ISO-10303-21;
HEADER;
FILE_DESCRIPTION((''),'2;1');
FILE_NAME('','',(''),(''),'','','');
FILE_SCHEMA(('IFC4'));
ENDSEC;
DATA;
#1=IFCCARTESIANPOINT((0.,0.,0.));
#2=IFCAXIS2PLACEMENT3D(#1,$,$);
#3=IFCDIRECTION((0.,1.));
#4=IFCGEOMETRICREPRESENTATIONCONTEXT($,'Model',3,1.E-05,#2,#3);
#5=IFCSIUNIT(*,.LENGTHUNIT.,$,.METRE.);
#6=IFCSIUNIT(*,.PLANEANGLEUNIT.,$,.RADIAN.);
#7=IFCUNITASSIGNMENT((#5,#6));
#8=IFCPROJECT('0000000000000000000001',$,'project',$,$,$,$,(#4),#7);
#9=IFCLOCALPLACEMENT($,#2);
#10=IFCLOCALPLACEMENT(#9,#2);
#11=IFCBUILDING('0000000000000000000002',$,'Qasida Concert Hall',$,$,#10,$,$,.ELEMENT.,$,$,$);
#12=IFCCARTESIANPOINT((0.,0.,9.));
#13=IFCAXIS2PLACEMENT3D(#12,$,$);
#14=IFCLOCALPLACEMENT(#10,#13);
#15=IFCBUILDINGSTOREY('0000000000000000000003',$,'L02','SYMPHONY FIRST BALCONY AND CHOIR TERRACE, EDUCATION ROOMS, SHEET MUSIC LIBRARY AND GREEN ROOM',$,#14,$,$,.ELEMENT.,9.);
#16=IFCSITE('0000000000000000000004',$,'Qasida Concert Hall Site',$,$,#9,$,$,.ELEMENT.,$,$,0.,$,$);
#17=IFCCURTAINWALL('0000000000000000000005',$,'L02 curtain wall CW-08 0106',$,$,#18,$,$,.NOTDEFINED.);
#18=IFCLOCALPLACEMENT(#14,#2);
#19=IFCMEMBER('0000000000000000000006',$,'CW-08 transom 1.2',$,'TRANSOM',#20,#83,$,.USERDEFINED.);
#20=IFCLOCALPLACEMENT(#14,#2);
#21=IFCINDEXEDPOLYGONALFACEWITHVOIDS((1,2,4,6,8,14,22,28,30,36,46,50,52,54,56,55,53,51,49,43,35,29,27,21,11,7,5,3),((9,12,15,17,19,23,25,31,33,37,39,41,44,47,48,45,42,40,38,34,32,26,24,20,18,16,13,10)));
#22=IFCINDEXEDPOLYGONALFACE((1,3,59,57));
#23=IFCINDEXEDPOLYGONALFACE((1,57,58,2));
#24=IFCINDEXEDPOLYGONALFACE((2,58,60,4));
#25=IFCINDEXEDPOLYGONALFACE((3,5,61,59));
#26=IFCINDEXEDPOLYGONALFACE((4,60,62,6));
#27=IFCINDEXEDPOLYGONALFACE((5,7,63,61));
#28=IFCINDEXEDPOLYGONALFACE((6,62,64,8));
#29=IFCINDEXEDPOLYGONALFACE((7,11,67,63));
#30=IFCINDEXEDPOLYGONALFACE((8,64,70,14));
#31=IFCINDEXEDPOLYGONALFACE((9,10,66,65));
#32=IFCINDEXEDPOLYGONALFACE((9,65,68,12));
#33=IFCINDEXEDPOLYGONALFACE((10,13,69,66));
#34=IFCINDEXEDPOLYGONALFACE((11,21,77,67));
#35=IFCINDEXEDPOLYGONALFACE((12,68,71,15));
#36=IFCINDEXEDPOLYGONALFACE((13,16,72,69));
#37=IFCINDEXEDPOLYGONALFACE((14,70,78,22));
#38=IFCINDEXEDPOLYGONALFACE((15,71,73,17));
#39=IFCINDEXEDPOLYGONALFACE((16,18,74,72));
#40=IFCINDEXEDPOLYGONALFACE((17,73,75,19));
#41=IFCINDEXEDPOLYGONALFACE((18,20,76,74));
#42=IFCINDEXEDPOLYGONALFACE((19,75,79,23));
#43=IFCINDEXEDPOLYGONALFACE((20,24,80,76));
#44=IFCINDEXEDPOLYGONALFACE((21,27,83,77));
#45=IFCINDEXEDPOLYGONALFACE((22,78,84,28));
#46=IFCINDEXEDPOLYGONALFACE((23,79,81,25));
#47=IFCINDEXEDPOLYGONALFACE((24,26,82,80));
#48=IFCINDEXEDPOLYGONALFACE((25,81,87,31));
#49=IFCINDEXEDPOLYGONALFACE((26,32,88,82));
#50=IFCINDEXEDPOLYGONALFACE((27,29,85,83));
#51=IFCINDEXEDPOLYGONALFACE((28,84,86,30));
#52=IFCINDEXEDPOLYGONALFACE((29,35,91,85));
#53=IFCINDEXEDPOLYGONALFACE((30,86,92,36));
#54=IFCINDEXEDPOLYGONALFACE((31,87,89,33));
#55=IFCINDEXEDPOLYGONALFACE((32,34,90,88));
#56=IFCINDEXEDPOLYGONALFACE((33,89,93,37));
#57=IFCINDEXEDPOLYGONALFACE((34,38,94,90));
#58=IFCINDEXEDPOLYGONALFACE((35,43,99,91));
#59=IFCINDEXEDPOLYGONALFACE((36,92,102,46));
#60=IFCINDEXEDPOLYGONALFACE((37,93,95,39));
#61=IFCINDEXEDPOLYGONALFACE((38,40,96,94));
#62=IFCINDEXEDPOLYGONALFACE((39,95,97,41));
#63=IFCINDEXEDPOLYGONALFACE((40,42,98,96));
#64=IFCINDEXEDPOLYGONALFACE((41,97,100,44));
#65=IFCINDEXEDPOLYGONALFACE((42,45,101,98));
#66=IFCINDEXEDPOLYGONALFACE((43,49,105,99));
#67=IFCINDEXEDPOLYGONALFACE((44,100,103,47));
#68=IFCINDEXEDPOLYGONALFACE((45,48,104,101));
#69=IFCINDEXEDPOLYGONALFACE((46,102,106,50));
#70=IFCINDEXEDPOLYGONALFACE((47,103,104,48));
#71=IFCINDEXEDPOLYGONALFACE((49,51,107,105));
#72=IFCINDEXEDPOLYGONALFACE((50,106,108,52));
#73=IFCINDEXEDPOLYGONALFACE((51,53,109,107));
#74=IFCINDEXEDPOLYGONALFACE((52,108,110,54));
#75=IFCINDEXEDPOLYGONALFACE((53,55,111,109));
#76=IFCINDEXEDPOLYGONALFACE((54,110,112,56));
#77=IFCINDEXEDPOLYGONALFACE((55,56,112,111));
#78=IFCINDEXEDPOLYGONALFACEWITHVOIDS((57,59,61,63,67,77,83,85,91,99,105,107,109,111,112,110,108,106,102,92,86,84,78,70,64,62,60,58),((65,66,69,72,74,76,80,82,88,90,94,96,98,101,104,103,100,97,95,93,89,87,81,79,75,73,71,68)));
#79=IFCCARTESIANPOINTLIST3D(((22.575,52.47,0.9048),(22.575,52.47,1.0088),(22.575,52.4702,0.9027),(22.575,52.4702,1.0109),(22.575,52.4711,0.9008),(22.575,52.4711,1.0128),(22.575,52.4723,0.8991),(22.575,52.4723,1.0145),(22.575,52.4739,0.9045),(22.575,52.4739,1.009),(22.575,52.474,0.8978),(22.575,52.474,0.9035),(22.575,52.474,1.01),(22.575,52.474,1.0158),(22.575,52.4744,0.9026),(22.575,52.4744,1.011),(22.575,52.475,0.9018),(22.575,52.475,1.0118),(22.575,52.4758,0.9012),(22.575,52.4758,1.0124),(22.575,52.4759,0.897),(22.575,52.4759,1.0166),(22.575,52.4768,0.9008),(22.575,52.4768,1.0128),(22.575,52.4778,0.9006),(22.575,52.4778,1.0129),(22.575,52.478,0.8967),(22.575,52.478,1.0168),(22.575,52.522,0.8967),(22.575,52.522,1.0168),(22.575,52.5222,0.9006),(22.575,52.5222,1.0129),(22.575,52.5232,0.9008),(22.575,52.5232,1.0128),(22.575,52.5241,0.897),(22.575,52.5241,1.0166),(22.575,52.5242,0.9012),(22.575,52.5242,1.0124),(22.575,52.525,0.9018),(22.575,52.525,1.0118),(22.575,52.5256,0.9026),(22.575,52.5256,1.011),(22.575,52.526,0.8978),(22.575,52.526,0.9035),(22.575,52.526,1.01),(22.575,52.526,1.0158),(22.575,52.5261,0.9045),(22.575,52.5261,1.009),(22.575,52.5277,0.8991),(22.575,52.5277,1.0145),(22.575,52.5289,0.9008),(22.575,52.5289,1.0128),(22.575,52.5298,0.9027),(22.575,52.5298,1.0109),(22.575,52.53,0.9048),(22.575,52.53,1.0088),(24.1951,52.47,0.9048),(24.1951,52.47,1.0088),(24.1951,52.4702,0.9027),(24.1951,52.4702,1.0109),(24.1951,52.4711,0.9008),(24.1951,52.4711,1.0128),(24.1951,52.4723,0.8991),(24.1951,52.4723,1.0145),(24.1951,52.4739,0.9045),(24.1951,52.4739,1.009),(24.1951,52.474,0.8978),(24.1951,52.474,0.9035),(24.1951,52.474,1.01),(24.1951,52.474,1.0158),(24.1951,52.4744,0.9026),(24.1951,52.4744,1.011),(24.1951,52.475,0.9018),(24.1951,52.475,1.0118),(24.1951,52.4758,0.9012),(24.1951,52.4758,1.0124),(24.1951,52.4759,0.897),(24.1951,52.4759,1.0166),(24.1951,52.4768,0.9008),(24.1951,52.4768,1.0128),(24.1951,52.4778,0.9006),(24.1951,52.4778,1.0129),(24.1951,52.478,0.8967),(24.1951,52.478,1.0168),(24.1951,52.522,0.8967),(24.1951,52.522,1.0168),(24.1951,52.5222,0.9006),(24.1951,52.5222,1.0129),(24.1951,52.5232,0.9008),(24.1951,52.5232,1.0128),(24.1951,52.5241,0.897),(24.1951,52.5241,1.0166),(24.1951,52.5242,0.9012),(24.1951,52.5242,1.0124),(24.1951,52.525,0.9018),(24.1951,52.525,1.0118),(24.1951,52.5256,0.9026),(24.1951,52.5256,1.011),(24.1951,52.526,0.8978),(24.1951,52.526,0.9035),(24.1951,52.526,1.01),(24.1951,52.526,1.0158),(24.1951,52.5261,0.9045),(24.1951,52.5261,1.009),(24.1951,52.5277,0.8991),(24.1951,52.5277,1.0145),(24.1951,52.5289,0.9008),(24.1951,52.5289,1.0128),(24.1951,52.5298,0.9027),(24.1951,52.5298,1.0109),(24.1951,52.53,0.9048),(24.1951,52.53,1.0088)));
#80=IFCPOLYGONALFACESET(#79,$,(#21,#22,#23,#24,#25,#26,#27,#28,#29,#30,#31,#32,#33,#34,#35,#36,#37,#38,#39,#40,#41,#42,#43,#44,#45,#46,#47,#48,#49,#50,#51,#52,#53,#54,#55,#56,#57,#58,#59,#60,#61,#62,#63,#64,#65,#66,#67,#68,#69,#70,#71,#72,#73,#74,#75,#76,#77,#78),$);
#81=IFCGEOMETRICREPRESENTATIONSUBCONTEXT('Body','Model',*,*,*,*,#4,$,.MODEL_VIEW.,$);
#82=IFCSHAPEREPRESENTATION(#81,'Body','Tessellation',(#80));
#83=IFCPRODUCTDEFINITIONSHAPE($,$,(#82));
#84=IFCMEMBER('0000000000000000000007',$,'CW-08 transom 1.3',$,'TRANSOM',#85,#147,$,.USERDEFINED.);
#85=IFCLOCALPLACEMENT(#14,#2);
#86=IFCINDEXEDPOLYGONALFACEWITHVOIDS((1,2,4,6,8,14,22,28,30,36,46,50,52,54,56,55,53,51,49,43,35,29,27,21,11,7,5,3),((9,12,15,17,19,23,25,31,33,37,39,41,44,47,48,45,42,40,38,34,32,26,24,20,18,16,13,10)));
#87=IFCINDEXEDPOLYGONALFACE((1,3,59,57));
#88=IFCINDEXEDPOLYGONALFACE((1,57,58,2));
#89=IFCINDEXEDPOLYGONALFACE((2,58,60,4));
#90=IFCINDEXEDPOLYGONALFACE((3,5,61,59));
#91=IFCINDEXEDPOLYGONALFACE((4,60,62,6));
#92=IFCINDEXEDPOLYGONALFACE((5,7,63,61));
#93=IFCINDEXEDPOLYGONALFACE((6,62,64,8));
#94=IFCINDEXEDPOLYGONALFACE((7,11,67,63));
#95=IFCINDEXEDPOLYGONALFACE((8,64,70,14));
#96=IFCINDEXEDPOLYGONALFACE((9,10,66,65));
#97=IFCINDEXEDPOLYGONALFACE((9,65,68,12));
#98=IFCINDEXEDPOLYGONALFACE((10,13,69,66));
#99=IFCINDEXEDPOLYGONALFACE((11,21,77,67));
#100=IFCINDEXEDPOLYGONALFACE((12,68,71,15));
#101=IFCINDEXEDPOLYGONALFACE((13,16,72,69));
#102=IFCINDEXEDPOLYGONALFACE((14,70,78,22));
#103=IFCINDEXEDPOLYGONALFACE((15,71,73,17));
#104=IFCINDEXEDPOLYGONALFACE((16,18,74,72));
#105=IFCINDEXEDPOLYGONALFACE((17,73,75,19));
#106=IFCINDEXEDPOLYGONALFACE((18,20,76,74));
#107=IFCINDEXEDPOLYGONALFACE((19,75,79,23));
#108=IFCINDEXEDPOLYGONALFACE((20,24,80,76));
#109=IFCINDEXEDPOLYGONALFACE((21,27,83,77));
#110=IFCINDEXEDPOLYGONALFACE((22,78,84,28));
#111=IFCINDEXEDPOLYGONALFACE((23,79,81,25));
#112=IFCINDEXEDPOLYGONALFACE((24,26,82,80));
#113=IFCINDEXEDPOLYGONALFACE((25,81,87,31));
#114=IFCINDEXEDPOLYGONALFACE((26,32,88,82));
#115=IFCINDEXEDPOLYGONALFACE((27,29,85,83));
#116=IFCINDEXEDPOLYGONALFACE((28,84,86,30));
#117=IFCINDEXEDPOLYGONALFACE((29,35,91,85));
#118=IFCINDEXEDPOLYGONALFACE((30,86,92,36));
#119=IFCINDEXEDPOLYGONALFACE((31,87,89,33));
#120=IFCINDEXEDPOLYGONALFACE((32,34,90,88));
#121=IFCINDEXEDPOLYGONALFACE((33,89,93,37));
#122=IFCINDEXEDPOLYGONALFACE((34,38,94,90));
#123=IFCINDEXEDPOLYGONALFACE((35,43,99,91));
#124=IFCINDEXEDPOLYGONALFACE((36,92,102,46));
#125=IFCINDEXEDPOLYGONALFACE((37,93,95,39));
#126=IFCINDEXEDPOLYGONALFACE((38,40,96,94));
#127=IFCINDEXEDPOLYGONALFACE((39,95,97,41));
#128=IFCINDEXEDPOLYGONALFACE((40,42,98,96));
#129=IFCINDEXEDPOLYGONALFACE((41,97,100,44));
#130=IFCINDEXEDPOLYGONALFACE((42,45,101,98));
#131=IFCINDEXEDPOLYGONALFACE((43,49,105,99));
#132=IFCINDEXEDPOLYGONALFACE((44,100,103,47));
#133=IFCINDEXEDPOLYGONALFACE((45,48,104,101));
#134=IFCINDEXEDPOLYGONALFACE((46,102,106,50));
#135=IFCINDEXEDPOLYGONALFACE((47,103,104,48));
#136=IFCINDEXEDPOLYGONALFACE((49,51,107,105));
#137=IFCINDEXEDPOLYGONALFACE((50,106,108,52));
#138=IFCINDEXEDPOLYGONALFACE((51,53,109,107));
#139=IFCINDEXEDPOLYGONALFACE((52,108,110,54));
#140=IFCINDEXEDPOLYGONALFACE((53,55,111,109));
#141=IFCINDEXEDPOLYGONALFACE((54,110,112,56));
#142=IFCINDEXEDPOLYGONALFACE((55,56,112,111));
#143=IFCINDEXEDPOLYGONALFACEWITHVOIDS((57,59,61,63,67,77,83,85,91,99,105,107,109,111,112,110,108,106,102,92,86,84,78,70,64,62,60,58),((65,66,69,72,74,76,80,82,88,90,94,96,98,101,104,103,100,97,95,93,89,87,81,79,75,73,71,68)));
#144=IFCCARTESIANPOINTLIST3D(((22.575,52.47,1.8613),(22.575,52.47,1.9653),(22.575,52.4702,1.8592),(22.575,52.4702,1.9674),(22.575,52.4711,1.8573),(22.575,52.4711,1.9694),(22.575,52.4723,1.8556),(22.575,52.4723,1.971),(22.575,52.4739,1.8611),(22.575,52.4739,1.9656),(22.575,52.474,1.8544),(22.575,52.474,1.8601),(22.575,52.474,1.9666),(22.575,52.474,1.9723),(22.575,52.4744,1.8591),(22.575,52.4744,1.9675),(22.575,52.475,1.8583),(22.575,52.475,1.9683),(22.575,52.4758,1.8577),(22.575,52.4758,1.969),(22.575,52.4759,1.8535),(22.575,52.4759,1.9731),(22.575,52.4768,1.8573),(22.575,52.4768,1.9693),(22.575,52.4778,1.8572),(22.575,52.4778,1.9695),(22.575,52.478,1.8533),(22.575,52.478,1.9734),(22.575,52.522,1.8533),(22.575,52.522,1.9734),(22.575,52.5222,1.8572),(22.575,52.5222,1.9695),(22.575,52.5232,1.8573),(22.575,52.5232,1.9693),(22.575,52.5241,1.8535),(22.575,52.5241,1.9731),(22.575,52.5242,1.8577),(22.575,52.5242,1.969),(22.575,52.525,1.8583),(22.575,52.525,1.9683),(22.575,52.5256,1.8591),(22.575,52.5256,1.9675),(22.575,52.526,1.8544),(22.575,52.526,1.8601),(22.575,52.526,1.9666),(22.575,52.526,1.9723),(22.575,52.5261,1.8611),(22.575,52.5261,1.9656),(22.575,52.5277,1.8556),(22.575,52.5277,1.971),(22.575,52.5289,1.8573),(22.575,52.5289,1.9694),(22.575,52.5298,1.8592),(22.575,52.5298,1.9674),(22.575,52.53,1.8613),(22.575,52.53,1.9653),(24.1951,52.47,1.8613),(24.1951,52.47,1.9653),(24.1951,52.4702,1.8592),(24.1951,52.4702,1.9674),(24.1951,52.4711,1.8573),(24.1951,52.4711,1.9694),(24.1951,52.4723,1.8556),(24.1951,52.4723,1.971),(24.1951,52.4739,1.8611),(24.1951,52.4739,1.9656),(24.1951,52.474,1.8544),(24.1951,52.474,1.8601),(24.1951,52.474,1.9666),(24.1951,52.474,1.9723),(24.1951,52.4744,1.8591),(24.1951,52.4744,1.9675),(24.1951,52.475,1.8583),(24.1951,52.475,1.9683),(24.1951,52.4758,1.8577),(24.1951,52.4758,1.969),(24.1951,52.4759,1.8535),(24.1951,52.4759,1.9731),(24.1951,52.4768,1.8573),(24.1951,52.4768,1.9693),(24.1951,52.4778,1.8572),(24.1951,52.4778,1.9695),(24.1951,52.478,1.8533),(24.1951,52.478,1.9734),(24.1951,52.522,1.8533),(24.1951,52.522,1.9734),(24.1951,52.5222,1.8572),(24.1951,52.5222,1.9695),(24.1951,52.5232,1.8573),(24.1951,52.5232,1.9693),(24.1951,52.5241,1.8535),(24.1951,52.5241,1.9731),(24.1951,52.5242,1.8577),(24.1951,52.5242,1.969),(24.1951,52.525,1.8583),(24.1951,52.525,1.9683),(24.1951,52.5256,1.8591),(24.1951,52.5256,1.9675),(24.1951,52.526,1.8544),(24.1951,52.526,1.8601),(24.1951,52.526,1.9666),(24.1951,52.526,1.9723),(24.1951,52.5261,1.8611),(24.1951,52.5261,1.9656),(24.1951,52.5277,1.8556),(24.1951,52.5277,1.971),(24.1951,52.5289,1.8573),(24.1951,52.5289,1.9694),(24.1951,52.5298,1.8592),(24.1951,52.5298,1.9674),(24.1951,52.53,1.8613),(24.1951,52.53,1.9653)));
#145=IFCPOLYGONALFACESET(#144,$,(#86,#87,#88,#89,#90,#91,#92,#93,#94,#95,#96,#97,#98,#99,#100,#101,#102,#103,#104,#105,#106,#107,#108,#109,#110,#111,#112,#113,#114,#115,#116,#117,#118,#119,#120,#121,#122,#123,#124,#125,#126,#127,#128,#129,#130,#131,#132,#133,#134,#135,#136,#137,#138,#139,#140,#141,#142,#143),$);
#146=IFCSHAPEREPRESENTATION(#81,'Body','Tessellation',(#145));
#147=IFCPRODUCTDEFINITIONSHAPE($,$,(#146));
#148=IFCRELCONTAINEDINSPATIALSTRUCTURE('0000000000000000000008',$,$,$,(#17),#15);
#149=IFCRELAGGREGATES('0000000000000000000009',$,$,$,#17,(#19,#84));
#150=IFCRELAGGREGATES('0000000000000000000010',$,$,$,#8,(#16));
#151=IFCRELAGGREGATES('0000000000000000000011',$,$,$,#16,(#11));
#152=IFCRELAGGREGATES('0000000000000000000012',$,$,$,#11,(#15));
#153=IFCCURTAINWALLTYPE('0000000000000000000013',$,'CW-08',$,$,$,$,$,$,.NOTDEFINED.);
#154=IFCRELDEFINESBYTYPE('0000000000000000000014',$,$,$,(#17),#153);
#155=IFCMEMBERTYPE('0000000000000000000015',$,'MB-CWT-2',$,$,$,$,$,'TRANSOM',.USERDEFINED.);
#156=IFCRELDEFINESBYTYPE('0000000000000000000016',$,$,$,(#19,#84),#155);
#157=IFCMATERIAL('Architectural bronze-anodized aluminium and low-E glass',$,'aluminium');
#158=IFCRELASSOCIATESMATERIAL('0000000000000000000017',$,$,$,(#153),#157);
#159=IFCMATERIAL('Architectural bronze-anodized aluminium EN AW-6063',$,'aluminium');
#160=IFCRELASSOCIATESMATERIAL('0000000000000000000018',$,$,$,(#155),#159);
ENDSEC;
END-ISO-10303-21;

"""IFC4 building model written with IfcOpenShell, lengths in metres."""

from ifc_helpers import new_model, si_unit, direction, frame, origin, origin_2d, place, context, subcontext, project, spatial, hollow_rectangle, extrude, material, material_profile, profile_set, type_object, element, aggregate, save


model = new_model("IFC4")

# Units and contexts
model_context = context("Model", 3, precision=1e-05, world=origin(), true_north=direction((0.0, 1.0)))
body_context = subcontext(model_context, "Body", "Model", "MODEL_VIEW")
ifc_project = project(units=[si_unit("LENGTHUNIT", "METRE"), si_unit("PLANEANGLEUNIT", "RADIAN")], contexts=[model_context])

# Site, building, storey
site_placement = place(None, origin())
site = spatial("IfcSite", under=ifc_project, at=site_placement, Name="Qasida Concert Hall Site", CompositionType="ELEMENT", RefElevation=0.0)
building_placement = place(site_placement, origin())
building = spatial("IfcBuilding", under=site, at=building_placement, Name="Qasida Concert Hall", CompositionType="ELEMENT")
storey_placement = place(building_placement, frame((0.0, 0.0, 9.0)))
storey = spatial("IfcBuildingStorey", under=building, at=storey_placement, Name="L02", Description="SYMPHONY FIRST BALCONY AND CHOIR TERRACE, EDUCATION ROOMS, SHEET MUSIC LIBRARY AND GREEN ROOM", CompositionType="ELEMENT", Elevation=9.0)

# Shared definitions
ifc_material_1 = material(Name="Architectural bronze-anodized aluminium and low-E glass", Category="aluminium")
curtain_wall_type = type_object("IfcCurtainWallType", Name="CW-08", PredefinedType="NOTDEFINED", material=ifc_material_1)
ifc_material_2 = material(Name="Architectural bronze-anodized aluminium EN AW-6063", Category="aluminium")

# Curtain wall
curtain_wall_1_placement = place(storey_placement, origin())
curtain_wall_1 = element("IfcCurtainWall", 1, at=curtain_wall_1_placement, inside=storey, type_object=curtain_wall_type, Name="L02 curtain wall CW-08 0106", PredefinedType="NOTDEFINED")

# Members
ifc_material_profile_1 = material_profile(ifc_material_2, hollow_rectangle(XDim=0.0601, YDim=0.1201, WallThickness=0.0039, InnerFilletRadius=0.0039, OuterFilletRadius=0.0081, at=origin_2d()), Name="CWT 120x60x4")
ifc_profile_set_1 = profile_set([ifc_material_profile_1], Name="Architectural bronze-anodized aluminium EN AW-6063")
member_type_1 = type_object("IfcMemberType", Name="MB-CWT-2", ElementType="TRANSOM", PredefinedType="USERDEFINED", material=ifc_profile_set_1)
member_1_placement = place(storey_placement, frame((22.575, 52.5, 0.9568), z_axis=(1.0, 0.0, 0.0), x_axis=(0.0, 1.0, 0.0)))
member_1 = element("IfcMember", 2, at=member_1_placement, type_object=member_type_1, Name="CW-08 transom 1.2", ObjectType="TRANSOM", PredefinedType="USERDEFINED", context=body_context, shape_type="SweptSolid", body=[
    extrude(hollow_rectangle(XDim=0.0601, YDim=0.1201, WallThickness=0.0039, InnerFilletRadius=0.0039, OuterFilletRadius=0.0081, at=origin_2d()), origin(), (0.0, 0.0, 1.0), 1.6201),
])
member_2_placement = place(storey_placement, frame((22.575, 52.5, 1.9133), z_axis=(1.0, 0.0, 0.0), x_axis=(0.0, 1.0, 0.0)))
member_2 = element("IfcMember", 3, at=member_2_placement, type_object=member_type_1, Name="CW-08 transom 1.3", ObjectType="TRANSOM", PredefinedType="USERDEFINED", context=body_context, shape_type="SweptSolid", body=[
    extrude(hollow_rectangle(XDim=0.0601, YDim=0.1201, WallThickness=0.0039, InnerFilletRadius=0.0039, OuterFilletRadius=0.0081, at=origin_2d()), origin(), (0.0, 0.0, 1.0), 1.6201),
])
aggregate(curtain_wall_1, [member_1, member_2])

save(model, "model.ifc")
